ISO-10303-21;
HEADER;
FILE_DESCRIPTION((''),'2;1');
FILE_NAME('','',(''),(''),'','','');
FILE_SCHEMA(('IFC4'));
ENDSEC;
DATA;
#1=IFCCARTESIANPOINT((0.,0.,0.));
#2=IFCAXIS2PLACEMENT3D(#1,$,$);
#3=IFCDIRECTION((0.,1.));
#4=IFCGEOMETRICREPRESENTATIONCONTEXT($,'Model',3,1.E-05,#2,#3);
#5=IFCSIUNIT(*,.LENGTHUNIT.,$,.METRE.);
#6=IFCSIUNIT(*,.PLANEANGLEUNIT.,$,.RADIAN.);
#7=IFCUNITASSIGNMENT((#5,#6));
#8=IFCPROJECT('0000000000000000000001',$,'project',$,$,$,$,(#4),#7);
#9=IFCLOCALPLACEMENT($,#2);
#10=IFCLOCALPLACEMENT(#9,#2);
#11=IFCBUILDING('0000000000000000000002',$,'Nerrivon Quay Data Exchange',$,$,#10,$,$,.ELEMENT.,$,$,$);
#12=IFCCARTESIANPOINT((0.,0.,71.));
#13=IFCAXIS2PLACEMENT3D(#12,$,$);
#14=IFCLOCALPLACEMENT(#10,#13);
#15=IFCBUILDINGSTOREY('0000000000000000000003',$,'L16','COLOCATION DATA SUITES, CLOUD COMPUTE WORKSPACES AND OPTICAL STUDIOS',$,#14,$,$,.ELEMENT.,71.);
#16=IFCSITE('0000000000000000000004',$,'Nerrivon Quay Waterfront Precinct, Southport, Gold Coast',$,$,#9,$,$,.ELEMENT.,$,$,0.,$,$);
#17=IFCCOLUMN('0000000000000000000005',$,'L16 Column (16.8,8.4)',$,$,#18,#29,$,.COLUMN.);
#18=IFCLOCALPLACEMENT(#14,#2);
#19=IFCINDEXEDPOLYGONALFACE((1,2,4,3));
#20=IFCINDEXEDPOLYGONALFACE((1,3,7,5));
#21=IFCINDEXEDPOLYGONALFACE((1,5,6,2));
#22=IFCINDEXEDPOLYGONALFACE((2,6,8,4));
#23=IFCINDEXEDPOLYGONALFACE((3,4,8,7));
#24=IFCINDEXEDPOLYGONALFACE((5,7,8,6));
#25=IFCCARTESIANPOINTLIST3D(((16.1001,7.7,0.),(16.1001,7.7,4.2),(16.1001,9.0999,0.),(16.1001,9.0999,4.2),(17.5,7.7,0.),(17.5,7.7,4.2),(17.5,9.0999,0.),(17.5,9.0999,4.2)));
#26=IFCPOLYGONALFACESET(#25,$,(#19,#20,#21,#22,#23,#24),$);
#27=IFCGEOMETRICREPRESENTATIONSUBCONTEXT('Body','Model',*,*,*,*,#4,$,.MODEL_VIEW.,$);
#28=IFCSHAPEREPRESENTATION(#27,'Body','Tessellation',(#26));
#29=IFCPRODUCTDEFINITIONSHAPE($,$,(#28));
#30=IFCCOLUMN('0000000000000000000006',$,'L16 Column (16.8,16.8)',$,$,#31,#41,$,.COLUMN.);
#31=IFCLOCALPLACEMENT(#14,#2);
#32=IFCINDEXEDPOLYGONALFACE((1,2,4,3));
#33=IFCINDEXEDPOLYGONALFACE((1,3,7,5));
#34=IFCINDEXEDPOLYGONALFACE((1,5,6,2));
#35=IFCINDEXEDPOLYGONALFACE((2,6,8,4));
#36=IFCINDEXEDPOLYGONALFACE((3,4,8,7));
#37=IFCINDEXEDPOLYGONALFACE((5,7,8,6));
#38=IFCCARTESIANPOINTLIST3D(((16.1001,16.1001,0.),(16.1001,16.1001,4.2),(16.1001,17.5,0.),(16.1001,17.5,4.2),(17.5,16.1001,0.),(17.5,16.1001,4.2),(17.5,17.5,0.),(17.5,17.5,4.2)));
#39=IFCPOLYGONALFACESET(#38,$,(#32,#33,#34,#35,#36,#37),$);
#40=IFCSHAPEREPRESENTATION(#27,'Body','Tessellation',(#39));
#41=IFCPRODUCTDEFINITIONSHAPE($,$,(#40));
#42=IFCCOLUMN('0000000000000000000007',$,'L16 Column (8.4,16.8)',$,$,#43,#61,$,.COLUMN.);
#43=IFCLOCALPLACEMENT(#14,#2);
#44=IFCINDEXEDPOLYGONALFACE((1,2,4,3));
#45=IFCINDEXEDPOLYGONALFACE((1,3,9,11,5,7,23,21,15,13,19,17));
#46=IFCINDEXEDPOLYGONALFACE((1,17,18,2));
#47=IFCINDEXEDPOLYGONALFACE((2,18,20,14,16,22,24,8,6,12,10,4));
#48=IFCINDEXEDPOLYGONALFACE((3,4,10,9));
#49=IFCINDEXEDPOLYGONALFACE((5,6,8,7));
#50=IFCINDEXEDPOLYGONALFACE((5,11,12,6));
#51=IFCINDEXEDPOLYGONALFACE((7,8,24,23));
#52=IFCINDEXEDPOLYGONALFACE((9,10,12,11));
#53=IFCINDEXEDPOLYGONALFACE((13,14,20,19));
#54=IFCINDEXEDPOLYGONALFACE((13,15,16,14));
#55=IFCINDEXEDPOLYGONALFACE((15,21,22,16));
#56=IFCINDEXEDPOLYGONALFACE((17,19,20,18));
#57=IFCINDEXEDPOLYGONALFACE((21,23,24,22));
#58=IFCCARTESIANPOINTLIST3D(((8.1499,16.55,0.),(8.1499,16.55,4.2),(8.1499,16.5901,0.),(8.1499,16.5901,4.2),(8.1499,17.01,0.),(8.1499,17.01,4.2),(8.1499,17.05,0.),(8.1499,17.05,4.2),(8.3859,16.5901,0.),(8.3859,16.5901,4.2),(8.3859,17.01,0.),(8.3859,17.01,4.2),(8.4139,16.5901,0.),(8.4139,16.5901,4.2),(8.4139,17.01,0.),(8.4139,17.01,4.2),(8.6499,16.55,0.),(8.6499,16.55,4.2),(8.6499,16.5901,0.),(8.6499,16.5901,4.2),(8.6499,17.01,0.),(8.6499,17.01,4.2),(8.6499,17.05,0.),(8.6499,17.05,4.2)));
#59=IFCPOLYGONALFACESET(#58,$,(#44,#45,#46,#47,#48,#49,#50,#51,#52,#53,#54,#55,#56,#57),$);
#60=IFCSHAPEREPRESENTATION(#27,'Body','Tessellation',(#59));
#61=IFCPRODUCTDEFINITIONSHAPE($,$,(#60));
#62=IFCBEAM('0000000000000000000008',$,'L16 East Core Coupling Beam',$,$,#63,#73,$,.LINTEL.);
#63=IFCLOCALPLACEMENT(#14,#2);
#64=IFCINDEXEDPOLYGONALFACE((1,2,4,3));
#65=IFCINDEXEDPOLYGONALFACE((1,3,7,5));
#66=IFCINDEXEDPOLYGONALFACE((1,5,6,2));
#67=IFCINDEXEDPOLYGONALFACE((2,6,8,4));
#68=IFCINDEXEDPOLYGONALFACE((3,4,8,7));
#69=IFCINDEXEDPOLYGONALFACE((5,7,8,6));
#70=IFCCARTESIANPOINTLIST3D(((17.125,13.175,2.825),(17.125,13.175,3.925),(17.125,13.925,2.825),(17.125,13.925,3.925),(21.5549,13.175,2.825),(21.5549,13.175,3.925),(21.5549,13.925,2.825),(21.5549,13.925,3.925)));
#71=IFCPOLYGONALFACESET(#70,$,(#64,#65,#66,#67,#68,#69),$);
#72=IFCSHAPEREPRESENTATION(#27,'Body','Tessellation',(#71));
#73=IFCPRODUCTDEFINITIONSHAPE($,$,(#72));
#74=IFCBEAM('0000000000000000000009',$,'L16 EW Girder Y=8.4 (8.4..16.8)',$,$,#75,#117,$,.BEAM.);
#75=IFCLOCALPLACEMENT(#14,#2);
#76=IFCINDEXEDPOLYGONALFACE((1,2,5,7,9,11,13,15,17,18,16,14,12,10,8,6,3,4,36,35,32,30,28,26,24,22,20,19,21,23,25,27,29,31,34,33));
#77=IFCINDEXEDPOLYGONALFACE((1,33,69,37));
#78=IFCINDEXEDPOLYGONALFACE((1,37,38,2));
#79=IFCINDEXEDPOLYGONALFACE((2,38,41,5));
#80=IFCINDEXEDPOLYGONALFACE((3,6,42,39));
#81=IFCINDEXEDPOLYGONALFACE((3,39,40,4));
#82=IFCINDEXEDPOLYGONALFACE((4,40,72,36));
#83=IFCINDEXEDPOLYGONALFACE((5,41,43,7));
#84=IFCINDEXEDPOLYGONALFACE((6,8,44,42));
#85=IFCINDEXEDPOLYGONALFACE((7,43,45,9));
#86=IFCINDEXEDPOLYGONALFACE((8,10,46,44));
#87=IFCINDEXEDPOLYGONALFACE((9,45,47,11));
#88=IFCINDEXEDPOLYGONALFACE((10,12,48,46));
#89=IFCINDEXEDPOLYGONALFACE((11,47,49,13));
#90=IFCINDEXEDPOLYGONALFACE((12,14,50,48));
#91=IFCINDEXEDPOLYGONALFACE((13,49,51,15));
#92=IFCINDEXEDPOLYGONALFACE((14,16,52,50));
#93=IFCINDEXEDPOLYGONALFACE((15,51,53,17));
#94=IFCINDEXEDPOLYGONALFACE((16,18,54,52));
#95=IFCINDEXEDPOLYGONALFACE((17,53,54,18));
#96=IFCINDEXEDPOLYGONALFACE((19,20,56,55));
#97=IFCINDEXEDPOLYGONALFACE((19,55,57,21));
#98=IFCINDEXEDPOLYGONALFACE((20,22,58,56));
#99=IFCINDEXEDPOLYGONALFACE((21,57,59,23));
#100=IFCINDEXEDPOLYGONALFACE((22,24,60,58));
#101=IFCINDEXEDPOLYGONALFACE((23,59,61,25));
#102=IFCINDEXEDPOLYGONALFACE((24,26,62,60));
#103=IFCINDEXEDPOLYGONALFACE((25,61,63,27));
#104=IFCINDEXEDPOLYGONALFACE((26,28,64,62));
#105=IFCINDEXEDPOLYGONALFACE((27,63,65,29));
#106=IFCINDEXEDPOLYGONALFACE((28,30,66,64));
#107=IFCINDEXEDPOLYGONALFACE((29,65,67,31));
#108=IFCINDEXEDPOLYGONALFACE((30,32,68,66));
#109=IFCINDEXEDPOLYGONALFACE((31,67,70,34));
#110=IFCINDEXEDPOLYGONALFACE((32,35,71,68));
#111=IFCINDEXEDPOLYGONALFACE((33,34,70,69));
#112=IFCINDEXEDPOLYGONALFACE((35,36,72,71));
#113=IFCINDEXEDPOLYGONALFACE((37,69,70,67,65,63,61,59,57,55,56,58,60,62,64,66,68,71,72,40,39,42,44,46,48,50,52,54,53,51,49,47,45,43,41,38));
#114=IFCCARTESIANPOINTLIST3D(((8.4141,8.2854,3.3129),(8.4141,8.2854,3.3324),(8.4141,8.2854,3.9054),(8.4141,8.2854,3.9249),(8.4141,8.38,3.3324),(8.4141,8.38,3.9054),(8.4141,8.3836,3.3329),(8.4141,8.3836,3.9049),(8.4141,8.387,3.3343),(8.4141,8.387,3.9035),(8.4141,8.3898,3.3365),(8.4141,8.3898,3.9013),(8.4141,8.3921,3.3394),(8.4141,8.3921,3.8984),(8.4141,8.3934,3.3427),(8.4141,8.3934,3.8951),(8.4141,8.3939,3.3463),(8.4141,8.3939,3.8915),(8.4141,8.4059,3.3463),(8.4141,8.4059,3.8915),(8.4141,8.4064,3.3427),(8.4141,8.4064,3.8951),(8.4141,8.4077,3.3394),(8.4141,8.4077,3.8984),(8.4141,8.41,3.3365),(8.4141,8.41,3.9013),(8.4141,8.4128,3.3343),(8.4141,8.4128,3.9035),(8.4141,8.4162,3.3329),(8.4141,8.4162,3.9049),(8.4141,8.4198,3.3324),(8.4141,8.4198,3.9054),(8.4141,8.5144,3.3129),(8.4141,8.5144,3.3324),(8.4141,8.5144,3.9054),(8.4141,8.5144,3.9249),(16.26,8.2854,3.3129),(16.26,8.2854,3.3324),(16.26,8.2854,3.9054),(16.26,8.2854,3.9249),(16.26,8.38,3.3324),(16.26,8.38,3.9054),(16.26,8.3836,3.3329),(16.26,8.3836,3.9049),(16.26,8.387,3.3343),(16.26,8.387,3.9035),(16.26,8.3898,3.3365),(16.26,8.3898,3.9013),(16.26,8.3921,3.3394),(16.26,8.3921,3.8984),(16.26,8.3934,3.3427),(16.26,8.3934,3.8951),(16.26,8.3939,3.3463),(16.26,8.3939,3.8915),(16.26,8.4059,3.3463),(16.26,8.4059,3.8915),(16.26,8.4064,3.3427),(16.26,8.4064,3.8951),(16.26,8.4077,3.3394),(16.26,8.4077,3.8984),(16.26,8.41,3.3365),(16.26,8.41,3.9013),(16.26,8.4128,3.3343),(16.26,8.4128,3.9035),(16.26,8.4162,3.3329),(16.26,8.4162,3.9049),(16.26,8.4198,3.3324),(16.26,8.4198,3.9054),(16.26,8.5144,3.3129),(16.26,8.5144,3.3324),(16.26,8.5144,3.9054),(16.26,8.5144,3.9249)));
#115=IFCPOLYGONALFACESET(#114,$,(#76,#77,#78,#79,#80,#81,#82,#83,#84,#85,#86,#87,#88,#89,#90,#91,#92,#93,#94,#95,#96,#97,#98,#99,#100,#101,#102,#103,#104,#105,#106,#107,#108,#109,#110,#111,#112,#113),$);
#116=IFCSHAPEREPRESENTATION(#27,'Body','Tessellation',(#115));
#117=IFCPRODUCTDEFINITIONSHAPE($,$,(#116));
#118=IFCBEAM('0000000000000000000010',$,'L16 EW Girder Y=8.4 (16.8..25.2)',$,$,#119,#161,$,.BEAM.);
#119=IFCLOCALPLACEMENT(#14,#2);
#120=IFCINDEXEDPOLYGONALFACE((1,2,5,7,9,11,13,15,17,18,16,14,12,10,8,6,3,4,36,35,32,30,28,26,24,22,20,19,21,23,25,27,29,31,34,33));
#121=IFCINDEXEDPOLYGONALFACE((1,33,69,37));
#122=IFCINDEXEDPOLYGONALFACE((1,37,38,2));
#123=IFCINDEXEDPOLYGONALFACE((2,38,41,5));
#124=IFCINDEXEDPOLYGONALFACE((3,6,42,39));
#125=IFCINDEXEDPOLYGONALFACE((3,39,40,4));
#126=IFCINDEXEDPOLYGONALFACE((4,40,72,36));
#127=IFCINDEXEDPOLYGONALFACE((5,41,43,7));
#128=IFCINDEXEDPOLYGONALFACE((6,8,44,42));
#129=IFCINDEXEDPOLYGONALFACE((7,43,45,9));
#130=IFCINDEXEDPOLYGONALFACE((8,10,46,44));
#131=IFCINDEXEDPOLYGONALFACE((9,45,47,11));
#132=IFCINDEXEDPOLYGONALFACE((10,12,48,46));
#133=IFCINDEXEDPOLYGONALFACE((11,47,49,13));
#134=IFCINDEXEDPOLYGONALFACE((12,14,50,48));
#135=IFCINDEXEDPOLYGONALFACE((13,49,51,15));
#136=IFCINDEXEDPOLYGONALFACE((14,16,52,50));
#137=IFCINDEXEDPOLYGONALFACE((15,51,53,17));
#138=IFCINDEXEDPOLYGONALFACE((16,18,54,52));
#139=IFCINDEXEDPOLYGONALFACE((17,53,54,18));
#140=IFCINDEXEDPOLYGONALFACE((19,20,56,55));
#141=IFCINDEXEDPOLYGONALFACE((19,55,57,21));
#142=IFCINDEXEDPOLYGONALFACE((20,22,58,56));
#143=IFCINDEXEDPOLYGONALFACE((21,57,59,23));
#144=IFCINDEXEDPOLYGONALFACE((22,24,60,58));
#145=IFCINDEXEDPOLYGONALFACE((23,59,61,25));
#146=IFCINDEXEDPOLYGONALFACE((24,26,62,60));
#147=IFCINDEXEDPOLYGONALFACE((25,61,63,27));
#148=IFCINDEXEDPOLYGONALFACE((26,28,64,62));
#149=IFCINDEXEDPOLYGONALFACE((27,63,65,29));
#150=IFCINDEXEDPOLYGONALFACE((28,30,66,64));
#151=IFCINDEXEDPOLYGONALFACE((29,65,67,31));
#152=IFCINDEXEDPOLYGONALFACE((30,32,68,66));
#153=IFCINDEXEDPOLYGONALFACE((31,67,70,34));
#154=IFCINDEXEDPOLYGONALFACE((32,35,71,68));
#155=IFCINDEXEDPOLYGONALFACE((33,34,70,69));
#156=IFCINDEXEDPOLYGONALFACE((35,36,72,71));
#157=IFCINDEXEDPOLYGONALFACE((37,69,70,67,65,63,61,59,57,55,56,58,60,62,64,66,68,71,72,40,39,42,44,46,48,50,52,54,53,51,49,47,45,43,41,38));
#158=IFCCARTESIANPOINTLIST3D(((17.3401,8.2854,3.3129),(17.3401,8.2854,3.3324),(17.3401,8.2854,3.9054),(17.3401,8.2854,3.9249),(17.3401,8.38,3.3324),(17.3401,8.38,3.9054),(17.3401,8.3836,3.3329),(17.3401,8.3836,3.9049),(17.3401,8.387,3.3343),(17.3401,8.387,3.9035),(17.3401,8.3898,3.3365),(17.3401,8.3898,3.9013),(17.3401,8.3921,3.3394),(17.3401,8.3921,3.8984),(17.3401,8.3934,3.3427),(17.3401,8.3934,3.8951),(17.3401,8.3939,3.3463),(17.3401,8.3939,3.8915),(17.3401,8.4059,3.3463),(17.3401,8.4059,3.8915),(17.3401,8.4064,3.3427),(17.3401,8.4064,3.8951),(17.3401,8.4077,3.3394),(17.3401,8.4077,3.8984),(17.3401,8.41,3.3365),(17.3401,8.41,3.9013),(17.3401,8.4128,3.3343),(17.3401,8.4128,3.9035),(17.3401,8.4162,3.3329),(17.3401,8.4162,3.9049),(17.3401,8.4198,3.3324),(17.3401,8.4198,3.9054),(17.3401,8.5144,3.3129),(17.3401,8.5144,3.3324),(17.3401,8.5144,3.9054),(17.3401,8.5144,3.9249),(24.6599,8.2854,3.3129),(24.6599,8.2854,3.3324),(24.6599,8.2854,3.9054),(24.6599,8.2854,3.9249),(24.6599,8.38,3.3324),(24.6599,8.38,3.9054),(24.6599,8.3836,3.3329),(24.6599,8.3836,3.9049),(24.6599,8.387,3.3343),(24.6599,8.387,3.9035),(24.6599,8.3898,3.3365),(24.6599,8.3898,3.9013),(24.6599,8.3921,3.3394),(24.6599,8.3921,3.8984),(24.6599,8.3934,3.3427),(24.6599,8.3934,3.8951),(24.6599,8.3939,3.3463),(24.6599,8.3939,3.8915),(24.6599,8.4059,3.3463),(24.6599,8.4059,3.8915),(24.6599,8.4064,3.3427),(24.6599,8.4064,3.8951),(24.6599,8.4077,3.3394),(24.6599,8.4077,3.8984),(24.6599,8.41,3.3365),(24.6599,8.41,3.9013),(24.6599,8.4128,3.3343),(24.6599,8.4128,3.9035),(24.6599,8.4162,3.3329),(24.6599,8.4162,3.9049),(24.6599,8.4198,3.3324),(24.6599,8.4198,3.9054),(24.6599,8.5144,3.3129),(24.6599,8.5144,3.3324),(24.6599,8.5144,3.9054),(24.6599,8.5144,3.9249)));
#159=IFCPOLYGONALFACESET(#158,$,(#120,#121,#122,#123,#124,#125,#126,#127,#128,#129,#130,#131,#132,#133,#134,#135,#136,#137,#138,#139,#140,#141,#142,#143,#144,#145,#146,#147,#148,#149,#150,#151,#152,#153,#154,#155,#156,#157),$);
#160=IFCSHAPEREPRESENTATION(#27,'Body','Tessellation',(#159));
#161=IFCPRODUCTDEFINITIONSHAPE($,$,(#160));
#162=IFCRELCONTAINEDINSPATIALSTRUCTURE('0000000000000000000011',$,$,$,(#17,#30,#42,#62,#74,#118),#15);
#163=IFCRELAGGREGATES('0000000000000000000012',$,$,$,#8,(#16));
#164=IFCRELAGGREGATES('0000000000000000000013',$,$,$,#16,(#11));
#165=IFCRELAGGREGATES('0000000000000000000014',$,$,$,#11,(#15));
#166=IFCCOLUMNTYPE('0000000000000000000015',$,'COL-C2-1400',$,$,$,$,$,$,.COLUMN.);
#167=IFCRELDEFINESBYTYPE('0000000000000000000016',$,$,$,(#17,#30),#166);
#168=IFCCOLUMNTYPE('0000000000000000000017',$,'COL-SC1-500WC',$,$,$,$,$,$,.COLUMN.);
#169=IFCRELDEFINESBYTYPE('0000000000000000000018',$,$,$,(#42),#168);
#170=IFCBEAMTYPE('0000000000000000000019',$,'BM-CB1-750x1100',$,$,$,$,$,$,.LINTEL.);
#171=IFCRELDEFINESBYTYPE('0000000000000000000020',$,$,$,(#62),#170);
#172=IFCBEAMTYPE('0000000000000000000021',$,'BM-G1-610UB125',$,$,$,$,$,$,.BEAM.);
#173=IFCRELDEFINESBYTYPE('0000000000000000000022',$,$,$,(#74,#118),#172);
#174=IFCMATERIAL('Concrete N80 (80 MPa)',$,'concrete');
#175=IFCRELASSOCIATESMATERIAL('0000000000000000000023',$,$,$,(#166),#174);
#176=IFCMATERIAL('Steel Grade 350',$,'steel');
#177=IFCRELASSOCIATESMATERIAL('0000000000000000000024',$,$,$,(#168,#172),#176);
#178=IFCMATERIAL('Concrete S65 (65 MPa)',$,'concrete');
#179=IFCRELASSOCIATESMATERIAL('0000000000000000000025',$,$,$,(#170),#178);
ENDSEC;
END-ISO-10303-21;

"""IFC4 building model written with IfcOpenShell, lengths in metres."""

from ifc_helpers import new_model, si_unit, direction, frame, origin, origin_2d, place, context, subcontext, project, spatial, rectangle, i_section, extrude, material, material_profile, profile_set, type_object, element, save


model = new_model("IFC4")

# Units and contexts
model_context = context("Model", 3, precision=1e-05, world=origin(), true_north=direction((0.0, 1.0)))
body_context = subcontext(model_context, "Body", "Model", "MODEL_VIEW")
ifc_project = project(units=[si_unit("LENGTHUNIT", "METRE"), si_unit("PLANEANGLEUNIT", "RADIAN")], contexts=[model_context])

# Site, building, storey
site_placement = place(None, origin())
site = spatial("IfcSite", under=ifc_project, at=site_placement, Name="Nerrivon Quay Waterfront Precinct, Southport, Gold Coast", CompositionType="ELEMENT", RefElevation=0.0)
building_placement = place(site_placement, origin())
building = spatial("IfcBuilding", under=site, at=building_placement, Name="Nerrivon Quay Data Exchange", CompositionType="ELEMENT")
storey_placement = place(building_placement, frame((0.0, 0.0, 71.0)))
storey = spatial("IfcBuildingStorey", under=building, at=storey_placement, Name="L16", Description="COLOCATION DATA SUITES, CLOUD COMPUTE WORKSPACES AND OPTICAL STUDIOS", CompositionType="ELEMENT", Elevation=71.0)

# Columns
ifc_material_1 = material(Name="Concrete N80 (80 MPa)", Category="concrete")
ifc_material_profile_1 = material_profile(ifc_material_1, rectangle(XDim=1.3999, YDim=1.3999, at=origin_2d()), Name="RC-COL-1400x1400")
ifc_profile_set_1 = profile_set([ifc_material_profile_1], Name="Concrete N80 (80 MPa)")
column_type_1 = type_object("IfcColumnType", Name="COL-C2-1400", PredefinedType="COLUMN", material=ifc_profile_set_1)
for number, where, z_axis, x_axis, name in (
    (1, (16.8, 8.3999, 0.0), (0.0, 0.0, 1.0), (1.0, 0.0, 0.0), "L16 Column (16.8,8.4)"),
    (2, (16.8, 16.8, 0.0), (0.0, 0.0, 1.0), (1.0, 0.0, 0.0), "L16 Column (16.8,16.8)"),
):
    element("IfcColumn", number, at=place(storey_placement, frame(where, z_axis=z_axis, x_axis=x_axis)), inside=storey, type_object=column_type_1, Name=name, PredefinedType="COLUMN", context=body_context, shape_type="SweptSolid", body=[
        extrude(rectangle(XDim=1.3999, YDim=1.3999, at=origin_2d()), origin(), (0.0, 0.0, 1.0), 4.2),
    ])
ifc_material_2 = material(Name="Steel Grade 350", Category="steel")
ifc_material_profile_2 = material_profile(ifc_material_2, i_section(OverallWidth=0.5, OverallDepth=0.5, WebThickness=0.0281, FlangeThickness=0.04, at=origin_2d()), Name="500WC440")
ifc_profile_set_2 = profile_set([ifc_material_profile_2], Name="Steel Grade 350")
column_type_2 = type_object("IfcColumnType", Name="COL-SC1-500WC", PredefinedType="COLUMN", material=ifc_profile_set_2)
column_placement = place(storey_placement, frame((8.3999, 16.8, 0.0), z_axis=(0.0, 0.0, 1.0), x_axis=(1.0, 0.0, 0.0)))
element("IfcColumn", 3, at=column_placement, inside=storey, type_object=column_type_2, Name="L16 Column (8.4,16.8)", PredefinedType="COLUMN", context=body_context, shape_type="SweptSolid", body=[
    extrude(i_section(OverallWidth=0.5, OverallDepth=0.5, WebThickness=0.0281, FlangeThickness=0.04, at=origin_2d()), origin(), (0.0, 0.0, 1.0), 4.2),
])

# Beams
ifc_material_3 = material(Name="Concrete S65 (65 MPa)", Category="concrete")
ifc_material_profile_3 = material_profile(ifc_material_3, rectangle(XDim=0.75, YDim=1.1001, at=origin_2d()), Name="RC-CB-750x1100")
ifc_profile_set_3 = profile_set([ifc_material_profile_3], Name="Concrete S65 (65 MPa)")
beam_type_1 = type_object("IfcBeamType", Name="BM-CB1-750x1100", PredefinedType="LINTEL", material=ifc_profile_set_3)
beam_1_placement = place(storey_placement, frame((17.125, 13.55, 3.375), z_axis=(1.0, 0.0, 0.0), x_axis=(0.0, 1.0, 0.0)))
element("IfcBeam", 4, at=beam_1_placement, inside=storey, type_object=beam_type_1, Name="L16 East Core Coupling Beam", PredefinedType="LINTEL", context=body_context, shape_type="SweptSolid", body=[
    extrude(rectangle(XDim=0.75, YDim=1.1001, at=origin_2d()), origin(), (0.0, 0.0, 1.0), 4.4299),
])
ifc_material_profile_4 = material_profile(ifc_material_2, i_section(OverallWidth=0.229, OverallDepth=0.6121, WebThickness=0.012, FlangeThickness=0.0195, FilletRadius=0.0139, at=origin_2d()), Name="610UB125")
ifc_profile_set_4 = profile_set([ifc_material_profile_4], Name="Steel Grade 350")
beam_type_2 = type_object("IfcBeamType", Name="BM-G1-610UB125", PredefinedType="BEAM", material=ifc_profile_set_4)
beam_2_placement = place(storey_placement, frame((8.4141, 8.3999, 3.6189), z_axis=(1.0, 0.0, 0.0), x_axis=(0.0, 1.0, 0.0)))
element("IfcBeam", 5, at=beam_2_placement, inside=storey, type_object=beam_type_2, Name="L16 EW Girder Y=8.4 (8.4..16.8)", PredefinedType="BEAM", context=body_context, shape_type="SweptSolid", body=[
    extrude(i_section(OverallWidth=0.229, OverallDepth=0.6121, WebThickness=0.012, FlangeThickness=0.0195, FilletRadius=0.0139, at=origin_2d()), origin(), (0.0, 0.0, 1.0), 7.8459),
])
beam_3_placement = place(storey_placement, frame((17.3401, 8.3999, 3.6189), z_axis=(1.0, 0.0, 0.0), x_axis=(0.0, 1.0, 0.0)))
element("IfcBeam", 6, at=beam_3_placement, inside=storey, type_object=beam_type_2, Name="L16 EW Girder Y=8.4 (16.8..25.2)", PredefinedType="BEAM", context=body_context, shape_type="SweptSolid", body=[
    extrude(i_section(OverallWidth=0.229, OverallDepth=0.6121, WebThickness=0.012, FlangeThickness=0.0195, FilletRadius=0.0139, at=origin_2d()), origin(), (0.0, 0.0, 1.0), 7.3198),
])

save(model, "model.ifc")
